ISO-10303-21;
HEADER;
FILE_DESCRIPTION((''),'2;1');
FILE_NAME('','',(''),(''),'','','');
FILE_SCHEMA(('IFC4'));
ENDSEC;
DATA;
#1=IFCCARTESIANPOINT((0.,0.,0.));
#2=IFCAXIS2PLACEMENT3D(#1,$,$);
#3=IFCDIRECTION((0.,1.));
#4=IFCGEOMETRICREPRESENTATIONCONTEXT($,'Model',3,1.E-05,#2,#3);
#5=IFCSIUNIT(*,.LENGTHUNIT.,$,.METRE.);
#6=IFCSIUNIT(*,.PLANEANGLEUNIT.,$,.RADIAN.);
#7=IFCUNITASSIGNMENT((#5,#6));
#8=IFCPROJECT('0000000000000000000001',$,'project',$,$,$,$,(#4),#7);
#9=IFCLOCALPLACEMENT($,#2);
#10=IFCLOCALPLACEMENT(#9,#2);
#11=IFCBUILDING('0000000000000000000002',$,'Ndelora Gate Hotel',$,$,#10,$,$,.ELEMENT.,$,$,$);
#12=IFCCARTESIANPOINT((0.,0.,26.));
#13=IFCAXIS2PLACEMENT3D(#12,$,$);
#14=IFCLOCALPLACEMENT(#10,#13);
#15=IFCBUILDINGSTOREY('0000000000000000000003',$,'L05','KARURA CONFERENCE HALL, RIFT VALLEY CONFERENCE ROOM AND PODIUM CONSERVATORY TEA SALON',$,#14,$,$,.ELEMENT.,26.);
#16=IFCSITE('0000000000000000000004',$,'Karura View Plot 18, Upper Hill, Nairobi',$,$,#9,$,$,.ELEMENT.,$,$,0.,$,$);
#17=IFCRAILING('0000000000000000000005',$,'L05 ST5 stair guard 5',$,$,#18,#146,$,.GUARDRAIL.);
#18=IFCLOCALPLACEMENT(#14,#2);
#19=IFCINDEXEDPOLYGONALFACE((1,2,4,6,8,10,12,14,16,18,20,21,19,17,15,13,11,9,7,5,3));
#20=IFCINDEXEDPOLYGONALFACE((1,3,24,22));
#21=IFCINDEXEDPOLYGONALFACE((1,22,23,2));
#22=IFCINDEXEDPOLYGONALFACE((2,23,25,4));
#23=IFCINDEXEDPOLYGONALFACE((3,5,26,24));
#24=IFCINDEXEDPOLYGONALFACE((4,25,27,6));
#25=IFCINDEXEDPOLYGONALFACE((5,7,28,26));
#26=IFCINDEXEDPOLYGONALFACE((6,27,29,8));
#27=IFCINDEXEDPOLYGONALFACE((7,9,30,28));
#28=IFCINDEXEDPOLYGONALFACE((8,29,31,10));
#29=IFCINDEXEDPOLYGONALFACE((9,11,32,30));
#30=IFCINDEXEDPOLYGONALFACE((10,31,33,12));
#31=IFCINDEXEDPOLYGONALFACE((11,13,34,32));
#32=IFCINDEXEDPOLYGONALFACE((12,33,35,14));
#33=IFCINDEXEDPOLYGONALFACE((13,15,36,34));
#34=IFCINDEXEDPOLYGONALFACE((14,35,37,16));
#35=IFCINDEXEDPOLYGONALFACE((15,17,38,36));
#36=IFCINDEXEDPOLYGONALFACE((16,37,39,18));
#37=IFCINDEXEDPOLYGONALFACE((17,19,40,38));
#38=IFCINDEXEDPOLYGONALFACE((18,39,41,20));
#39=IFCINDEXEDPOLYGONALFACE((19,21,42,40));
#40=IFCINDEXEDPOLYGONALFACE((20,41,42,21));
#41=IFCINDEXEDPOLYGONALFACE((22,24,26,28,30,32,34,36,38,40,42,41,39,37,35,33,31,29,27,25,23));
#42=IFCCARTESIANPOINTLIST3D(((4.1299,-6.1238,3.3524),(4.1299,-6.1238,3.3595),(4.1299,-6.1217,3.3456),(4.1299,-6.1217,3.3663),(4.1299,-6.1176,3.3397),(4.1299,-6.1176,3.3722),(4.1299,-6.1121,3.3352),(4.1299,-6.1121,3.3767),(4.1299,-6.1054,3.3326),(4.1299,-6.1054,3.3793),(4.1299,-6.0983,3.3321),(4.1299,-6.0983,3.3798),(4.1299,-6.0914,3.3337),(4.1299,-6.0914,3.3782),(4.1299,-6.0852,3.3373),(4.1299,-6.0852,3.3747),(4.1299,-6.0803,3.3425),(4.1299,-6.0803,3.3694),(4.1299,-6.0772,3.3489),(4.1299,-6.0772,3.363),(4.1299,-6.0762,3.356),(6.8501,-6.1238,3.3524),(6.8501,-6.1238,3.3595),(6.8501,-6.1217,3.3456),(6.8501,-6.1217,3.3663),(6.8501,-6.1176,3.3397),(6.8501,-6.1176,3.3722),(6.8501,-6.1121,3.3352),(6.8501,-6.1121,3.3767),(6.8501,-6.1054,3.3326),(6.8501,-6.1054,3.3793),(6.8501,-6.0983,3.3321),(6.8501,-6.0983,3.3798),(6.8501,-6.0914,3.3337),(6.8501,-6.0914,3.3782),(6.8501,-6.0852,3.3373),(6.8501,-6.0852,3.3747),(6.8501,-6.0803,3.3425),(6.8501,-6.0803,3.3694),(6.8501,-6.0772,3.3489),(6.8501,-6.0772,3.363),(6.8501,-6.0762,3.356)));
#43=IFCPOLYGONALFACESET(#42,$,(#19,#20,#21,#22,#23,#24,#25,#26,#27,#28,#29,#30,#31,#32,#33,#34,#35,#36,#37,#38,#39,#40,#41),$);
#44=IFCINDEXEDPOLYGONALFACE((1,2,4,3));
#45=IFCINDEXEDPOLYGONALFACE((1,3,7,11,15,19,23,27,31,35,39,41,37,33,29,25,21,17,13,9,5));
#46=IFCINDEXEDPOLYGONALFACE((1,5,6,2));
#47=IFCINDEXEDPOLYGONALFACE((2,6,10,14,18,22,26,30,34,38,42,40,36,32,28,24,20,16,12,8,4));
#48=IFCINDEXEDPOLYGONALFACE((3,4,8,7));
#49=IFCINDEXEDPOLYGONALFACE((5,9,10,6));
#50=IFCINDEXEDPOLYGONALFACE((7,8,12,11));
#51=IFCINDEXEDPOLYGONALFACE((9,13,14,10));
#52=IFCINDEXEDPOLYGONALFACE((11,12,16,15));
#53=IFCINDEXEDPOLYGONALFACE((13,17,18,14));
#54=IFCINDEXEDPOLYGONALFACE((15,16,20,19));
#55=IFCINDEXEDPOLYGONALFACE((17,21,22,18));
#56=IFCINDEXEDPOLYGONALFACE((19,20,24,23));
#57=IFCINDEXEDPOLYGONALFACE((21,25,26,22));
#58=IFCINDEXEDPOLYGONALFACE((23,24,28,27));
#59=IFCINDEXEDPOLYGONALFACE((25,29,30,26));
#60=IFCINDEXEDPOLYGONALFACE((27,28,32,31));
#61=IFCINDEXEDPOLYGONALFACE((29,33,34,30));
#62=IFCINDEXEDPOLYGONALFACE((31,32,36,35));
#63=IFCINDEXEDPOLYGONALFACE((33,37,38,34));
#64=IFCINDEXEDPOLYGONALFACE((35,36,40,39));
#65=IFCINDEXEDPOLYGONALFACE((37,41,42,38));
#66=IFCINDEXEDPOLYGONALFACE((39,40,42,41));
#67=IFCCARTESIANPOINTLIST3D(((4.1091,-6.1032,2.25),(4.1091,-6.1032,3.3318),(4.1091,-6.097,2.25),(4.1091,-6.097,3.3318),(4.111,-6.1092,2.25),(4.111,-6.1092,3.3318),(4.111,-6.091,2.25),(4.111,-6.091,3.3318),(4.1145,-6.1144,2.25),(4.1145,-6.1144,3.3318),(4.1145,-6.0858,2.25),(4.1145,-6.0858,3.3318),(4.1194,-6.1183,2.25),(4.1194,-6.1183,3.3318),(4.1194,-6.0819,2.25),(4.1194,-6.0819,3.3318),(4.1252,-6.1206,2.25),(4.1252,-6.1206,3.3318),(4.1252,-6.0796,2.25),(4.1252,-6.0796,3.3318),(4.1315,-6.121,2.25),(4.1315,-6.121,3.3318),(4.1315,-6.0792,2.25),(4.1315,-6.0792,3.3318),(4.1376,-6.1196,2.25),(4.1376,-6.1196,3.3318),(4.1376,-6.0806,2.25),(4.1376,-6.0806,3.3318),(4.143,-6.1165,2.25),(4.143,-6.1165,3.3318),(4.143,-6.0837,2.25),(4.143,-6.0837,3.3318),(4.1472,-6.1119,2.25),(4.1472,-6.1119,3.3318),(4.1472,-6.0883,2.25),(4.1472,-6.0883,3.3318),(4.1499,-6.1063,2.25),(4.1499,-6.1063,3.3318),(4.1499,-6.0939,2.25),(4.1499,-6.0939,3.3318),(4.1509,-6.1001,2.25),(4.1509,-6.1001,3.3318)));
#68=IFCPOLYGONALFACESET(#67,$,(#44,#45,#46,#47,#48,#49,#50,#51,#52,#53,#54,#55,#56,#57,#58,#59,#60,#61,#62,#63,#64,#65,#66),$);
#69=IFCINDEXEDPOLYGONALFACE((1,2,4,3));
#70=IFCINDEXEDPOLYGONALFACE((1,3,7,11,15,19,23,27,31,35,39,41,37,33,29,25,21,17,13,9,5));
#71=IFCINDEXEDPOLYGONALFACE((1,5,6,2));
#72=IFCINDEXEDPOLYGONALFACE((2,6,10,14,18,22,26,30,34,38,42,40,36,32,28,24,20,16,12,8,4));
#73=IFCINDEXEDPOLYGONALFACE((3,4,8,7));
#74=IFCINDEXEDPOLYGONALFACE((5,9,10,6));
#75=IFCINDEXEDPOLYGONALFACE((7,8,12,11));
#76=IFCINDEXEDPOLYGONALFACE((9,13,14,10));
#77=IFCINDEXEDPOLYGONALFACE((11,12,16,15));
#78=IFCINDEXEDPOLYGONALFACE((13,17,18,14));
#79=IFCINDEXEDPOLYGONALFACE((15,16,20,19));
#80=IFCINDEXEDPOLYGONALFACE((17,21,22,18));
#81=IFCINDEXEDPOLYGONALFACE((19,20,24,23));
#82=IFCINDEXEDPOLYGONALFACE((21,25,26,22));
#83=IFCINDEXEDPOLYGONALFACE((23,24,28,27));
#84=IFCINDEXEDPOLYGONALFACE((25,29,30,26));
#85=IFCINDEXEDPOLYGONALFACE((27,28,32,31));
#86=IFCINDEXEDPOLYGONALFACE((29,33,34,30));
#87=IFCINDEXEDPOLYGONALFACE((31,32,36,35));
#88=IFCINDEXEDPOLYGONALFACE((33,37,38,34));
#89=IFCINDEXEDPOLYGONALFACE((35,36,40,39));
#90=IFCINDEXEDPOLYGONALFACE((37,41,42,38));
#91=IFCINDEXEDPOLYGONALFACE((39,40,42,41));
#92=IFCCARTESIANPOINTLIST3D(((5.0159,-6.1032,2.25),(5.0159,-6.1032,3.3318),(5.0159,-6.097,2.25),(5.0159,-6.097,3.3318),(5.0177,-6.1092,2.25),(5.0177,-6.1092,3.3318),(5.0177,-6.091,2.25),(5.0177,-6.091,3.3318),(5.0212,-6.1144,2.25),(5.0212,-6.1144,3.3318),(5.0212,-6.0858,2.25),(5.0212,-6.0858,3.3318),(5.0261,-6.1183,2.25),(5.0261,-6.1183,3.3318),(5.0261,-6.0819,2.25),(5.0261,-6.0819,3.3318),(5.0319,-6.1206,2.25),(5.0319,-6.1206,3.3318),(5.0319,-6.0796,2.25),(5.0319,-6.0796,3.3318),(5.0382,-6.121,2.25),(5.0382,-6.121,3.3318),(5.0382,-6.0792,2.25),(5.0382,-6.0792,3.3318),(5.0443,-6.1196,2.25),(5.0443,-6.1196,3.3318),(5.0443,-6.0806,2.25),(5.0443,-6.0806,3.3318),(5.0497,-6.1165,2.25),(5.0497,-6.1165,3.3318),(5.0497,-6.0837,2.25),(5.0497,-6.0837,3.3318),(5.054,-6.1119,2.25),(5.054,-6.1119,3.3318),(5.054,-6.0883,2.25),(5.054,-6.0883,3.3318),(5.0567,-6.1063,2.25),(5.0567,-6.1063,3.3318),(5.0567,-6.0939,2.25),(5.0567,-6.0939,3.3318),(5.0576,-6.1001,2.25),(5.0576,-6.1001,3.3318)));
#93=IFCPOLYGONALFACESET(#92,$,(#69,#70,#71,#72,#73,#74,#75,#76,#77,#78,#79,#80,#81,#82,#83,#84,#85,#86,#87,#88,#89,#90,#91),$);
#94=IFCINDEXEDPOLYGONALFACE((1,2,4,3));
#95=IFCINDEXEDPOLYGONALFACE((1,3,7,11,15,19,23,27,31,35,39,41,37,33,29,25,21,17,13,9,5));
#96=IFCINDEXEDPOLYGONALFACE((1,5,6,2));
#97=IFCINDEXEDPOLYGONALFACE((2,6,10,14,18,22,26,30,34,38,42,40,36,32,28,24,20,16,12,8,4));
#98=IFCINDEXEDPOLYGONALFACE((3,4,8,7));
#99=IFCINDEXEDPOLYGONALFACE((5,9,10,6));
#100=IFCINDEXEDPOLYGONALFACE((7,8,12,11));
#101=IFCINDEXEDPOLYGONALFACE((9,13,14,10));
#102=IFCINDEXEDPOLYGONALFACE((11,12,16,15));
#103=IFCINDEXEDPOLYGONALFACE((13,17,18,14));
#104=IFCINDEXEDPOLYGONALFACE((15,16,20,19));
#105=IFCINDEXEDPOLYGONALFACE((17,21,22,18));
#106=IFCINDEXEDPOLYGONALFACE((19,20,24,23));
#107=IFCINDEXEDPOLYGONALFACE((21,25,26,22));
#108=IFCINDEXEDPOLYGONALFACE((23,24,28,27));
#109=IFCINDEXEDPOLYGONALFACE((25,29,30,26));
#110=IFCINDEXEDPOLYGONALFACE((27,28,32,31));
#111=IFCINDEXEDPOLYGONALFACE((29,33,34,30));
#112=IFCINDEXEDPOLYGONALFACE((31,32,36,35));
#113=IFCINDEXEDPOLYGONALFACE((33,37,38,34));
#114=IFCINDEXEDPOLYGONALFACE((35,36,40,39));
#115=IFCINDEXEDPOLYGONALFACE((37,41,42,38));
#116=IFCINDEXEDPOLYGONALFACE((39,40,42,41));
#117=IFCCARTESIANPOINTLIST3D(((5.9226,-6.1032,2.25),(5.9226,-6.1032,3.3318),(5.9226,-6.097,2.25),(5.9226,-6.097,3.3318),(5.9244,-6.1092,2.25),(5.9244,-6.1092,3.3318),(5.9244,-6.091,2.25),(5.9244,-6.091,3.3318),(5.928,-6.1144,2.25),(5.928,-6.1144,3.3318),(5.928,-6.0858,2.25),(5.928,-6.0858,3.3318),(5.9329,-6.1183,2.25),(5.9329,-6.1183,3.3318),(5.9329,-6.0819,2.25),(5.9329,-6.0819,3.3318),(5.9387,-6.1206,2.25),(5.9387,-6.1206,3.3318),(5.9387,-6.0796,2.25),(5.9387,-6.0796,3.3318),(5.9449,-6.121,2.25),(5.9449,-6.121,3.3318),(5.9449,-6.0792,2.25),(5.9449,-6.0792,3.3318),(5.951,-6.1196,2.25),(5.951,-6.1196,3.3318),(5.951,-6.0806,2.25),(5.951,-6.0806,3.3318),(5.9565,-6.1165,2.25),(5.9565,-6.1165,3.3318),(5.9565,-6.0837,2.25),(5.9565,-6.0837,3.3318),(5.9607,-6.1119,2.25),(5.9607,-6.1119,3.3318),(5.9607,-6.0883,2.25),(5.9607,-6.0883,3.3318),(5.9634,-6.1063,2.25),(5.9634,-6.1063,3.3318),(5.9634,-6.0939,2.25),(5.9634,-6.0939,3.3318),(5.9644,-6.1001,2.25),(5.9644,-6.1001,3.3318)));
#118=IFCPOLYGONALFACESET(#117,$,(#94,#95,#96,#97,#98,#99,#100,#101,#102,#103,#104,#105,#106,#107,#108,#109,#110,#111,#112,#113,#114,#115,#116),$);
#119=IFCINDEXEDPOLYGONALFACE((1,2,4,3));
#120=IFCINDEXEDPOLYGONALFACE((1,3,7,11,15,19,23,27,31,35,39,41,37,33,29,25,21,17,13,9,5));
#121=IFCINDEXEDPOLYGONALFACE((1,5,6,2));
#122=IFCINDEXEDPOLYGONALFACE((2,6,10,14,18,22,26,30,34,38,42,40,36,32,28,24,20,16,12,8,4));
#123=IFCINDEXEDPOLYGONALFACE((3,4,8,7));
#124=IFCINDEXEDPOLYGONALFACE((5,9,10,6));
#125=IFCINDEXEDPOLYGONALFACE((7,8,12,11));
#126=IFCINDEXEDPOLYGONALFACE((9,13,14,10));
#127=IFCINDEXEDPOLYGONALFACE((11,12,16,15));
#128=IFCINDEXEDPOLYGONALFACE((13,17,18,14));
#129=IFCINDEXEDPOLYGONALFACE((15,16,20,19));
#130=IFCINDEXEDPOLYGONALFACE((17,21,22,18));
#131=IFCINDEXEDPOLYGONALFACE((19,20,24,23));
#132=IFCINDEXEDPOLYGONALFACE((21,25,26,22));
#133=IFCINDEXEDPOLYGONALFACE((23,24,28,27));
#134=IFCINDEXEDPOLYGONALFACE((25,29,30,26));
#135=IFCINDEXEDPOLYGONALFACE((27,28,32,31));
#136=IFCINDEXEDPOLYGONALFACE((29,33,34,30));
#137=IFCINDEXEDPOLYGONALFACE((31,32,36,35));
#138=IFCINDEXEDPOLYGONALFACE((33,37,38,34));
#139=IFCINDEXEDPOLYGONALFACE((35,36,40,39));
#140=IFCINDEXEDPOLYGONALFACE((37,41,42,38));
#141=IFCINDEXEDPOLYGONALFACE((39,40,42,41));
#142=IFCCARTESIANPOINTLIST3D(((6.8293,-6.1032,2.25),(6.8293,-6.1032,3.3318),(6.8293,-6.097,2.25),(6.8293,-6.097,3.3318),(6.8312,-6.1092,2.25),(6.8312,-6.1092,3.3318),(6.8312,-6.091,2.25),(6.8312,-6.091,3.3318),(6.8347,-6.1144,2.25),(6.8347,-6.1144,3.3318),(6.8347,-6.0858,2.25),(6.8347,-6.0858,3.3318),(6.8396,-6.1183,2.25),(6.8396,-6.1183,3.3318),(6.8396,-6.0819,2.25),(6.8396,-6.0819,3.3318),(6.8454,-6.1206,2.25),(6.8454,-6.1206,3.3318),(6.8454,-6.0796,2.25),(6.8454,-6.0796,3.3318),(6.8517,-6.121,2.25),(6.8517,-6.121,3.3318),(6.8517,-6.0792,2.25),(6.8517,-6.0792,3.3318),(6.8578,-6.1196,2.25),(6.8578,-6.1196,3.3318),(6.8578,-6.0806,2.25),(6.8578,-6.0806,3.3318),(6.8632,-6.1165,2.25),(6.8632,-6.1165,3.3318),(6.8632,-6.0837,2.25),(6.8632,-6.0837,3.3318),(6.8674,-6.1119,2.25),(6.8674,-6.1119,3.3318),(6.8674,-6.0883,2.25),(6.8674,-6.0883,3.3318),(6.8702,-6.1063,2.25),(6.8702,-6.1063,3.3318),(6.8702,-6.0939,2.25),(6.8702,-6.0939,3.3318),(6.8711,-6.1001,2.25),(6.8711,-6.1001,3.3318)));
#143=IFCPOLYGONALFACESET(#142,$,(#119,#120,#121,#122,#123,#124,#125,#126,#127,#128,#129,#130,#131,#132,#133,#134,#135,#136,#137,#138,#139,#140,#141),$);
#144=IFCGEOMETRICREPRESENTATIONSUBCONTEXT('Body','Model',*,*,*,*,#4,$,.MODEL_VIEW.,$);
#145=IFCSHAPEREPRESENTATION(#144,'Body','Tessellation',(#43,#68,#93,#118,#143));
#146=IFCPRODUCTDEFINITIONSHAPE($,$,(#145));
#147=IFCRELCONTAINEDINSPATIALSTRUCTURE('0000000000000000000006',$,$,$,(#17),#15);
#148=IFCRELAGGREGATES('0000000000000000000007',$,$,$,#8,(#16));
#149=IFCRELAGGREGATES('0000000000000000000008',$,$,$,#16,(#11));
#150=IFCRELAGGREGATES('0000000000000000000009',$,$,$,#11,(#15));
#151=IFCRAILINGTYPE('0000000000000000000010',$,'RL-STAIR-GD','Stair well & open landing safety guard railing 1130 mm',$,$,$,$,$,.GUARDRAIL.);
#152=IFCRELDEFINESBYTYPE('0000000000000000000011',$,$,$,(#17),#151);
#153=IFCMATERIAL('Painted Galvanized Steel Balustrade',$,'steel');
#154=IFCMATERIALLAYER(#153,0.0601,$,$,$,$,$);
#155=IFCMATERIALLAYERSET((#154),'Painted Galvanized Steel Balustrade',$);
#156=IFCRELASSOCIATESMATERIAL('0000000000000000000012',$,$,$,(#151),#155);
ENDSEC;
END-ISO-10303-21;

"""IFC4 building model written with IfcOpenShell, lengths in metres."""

from ifc_helpers import new_model, si_unit, direction, frame, origin, origin_2d, place, context, subcontext, project, spatial, circle, extrude, material, layer, layer_set, type_object, element, save


model = new_model("IFC4")

# Units and contexts
model_context = context("Model", 3, precision=1e-05, world=origin(), true_north=direction((0.0, 1.0)))
body_context = subcontext(model_context, "Body", "Model", "MODEL_VIEW")
ifc_project = project(units=[si_unit("LENGTHUNIT", "METRE"), si_unit("PLANEANGLEUNIT", "RADIAN")], contexts=[model_context])

# Site, building, storey
site_placement = place(None, origin())
site = spatial("IfcSite", under=ifc_project, at=site_placement, Name="Karura View Plot 18, Upper Hill, Nairobi", CompositionType="ELEMENT", RefElevation=0.0)
building_placement = place(site_placement, origin())
building = spatial("IfcBuilding", under=site, at=building_placement, Name="Ndelora Gate Hotel", CompositionType="ELEMENT")
storey_placement = place(building_placement, frame((0.0, 0.0, 26.0)))
storey = spatial("IfcBuildingStorey", under=building, at=storey_placement, Name="L05", Description="KARURA CONFERENCE HALL, RIFT VALLEY CONFERENCE ROOM AND PODIUM CONSERVATORY TEA SALON", CompositionType="ELEMENT", Elevation=26.0)

# Railing
ifc_material_1 = material(Name="Painted Galvanized Steel Balustrade", Category="steel")
ifc_layer_1 = layer(ifc_material_1, 0.0601)
ifc_layer_set_1 = layer_set([ifc_layer_1], Name="Painted Galvanized Steel Balustrade")
railing_type_1 = type_object("IfcRailingType", Name="RL-STAIR-GD", Description="Stair well & open landing safety guard railing 1130 mm", PredefinedType="GUARDRAIL", material=ifc_layer_set_1)
railing_1_placement = place(storey_placement, frame((4.1299, -6.1001, 2.25)))
element("IfcRailing", 1, at=railing_1_placement, inside=storey, type_object=railing_type_1, Name="L05 ST5 stair guard 5", PredefinedType="GUARDRAIL", context=body_context, shape_type="SweptSolid", body=[
    extrude(circle(Radius=0.0239, at=origin_2d()), frame((0.0, 0.0, 1.106), z_axis=(1.0, 0.0, 0.0), x_axis=(0.0, 1.0, 0.0)), (0.0, 0.0, 1.0), 2.7202),
    extrude(circle(Radius=0.021, at=origin_2d()), origin(), (0.0, 0.0, 1.0), 1.0818),
    extrude(circle(Radius=0.021, at=origin_2d()), frame((0.9067, 0.0, 0.0)), (0.0, 0.0, 1.0), 1.0818),
    extrude(circle(Radius=0.021, at=origin_2d()), frame((1.8135, 0.0, 0.0)), (0.0, 0.0, 1.0), 1.0818),
    extrude(circle(Radius=0.021, at=origin_2d()), frame((2.7202, 0.0, 0.0)), (0.0, 0.0, 1.0), 1.0818),
])

save(model, "model.ifc")
